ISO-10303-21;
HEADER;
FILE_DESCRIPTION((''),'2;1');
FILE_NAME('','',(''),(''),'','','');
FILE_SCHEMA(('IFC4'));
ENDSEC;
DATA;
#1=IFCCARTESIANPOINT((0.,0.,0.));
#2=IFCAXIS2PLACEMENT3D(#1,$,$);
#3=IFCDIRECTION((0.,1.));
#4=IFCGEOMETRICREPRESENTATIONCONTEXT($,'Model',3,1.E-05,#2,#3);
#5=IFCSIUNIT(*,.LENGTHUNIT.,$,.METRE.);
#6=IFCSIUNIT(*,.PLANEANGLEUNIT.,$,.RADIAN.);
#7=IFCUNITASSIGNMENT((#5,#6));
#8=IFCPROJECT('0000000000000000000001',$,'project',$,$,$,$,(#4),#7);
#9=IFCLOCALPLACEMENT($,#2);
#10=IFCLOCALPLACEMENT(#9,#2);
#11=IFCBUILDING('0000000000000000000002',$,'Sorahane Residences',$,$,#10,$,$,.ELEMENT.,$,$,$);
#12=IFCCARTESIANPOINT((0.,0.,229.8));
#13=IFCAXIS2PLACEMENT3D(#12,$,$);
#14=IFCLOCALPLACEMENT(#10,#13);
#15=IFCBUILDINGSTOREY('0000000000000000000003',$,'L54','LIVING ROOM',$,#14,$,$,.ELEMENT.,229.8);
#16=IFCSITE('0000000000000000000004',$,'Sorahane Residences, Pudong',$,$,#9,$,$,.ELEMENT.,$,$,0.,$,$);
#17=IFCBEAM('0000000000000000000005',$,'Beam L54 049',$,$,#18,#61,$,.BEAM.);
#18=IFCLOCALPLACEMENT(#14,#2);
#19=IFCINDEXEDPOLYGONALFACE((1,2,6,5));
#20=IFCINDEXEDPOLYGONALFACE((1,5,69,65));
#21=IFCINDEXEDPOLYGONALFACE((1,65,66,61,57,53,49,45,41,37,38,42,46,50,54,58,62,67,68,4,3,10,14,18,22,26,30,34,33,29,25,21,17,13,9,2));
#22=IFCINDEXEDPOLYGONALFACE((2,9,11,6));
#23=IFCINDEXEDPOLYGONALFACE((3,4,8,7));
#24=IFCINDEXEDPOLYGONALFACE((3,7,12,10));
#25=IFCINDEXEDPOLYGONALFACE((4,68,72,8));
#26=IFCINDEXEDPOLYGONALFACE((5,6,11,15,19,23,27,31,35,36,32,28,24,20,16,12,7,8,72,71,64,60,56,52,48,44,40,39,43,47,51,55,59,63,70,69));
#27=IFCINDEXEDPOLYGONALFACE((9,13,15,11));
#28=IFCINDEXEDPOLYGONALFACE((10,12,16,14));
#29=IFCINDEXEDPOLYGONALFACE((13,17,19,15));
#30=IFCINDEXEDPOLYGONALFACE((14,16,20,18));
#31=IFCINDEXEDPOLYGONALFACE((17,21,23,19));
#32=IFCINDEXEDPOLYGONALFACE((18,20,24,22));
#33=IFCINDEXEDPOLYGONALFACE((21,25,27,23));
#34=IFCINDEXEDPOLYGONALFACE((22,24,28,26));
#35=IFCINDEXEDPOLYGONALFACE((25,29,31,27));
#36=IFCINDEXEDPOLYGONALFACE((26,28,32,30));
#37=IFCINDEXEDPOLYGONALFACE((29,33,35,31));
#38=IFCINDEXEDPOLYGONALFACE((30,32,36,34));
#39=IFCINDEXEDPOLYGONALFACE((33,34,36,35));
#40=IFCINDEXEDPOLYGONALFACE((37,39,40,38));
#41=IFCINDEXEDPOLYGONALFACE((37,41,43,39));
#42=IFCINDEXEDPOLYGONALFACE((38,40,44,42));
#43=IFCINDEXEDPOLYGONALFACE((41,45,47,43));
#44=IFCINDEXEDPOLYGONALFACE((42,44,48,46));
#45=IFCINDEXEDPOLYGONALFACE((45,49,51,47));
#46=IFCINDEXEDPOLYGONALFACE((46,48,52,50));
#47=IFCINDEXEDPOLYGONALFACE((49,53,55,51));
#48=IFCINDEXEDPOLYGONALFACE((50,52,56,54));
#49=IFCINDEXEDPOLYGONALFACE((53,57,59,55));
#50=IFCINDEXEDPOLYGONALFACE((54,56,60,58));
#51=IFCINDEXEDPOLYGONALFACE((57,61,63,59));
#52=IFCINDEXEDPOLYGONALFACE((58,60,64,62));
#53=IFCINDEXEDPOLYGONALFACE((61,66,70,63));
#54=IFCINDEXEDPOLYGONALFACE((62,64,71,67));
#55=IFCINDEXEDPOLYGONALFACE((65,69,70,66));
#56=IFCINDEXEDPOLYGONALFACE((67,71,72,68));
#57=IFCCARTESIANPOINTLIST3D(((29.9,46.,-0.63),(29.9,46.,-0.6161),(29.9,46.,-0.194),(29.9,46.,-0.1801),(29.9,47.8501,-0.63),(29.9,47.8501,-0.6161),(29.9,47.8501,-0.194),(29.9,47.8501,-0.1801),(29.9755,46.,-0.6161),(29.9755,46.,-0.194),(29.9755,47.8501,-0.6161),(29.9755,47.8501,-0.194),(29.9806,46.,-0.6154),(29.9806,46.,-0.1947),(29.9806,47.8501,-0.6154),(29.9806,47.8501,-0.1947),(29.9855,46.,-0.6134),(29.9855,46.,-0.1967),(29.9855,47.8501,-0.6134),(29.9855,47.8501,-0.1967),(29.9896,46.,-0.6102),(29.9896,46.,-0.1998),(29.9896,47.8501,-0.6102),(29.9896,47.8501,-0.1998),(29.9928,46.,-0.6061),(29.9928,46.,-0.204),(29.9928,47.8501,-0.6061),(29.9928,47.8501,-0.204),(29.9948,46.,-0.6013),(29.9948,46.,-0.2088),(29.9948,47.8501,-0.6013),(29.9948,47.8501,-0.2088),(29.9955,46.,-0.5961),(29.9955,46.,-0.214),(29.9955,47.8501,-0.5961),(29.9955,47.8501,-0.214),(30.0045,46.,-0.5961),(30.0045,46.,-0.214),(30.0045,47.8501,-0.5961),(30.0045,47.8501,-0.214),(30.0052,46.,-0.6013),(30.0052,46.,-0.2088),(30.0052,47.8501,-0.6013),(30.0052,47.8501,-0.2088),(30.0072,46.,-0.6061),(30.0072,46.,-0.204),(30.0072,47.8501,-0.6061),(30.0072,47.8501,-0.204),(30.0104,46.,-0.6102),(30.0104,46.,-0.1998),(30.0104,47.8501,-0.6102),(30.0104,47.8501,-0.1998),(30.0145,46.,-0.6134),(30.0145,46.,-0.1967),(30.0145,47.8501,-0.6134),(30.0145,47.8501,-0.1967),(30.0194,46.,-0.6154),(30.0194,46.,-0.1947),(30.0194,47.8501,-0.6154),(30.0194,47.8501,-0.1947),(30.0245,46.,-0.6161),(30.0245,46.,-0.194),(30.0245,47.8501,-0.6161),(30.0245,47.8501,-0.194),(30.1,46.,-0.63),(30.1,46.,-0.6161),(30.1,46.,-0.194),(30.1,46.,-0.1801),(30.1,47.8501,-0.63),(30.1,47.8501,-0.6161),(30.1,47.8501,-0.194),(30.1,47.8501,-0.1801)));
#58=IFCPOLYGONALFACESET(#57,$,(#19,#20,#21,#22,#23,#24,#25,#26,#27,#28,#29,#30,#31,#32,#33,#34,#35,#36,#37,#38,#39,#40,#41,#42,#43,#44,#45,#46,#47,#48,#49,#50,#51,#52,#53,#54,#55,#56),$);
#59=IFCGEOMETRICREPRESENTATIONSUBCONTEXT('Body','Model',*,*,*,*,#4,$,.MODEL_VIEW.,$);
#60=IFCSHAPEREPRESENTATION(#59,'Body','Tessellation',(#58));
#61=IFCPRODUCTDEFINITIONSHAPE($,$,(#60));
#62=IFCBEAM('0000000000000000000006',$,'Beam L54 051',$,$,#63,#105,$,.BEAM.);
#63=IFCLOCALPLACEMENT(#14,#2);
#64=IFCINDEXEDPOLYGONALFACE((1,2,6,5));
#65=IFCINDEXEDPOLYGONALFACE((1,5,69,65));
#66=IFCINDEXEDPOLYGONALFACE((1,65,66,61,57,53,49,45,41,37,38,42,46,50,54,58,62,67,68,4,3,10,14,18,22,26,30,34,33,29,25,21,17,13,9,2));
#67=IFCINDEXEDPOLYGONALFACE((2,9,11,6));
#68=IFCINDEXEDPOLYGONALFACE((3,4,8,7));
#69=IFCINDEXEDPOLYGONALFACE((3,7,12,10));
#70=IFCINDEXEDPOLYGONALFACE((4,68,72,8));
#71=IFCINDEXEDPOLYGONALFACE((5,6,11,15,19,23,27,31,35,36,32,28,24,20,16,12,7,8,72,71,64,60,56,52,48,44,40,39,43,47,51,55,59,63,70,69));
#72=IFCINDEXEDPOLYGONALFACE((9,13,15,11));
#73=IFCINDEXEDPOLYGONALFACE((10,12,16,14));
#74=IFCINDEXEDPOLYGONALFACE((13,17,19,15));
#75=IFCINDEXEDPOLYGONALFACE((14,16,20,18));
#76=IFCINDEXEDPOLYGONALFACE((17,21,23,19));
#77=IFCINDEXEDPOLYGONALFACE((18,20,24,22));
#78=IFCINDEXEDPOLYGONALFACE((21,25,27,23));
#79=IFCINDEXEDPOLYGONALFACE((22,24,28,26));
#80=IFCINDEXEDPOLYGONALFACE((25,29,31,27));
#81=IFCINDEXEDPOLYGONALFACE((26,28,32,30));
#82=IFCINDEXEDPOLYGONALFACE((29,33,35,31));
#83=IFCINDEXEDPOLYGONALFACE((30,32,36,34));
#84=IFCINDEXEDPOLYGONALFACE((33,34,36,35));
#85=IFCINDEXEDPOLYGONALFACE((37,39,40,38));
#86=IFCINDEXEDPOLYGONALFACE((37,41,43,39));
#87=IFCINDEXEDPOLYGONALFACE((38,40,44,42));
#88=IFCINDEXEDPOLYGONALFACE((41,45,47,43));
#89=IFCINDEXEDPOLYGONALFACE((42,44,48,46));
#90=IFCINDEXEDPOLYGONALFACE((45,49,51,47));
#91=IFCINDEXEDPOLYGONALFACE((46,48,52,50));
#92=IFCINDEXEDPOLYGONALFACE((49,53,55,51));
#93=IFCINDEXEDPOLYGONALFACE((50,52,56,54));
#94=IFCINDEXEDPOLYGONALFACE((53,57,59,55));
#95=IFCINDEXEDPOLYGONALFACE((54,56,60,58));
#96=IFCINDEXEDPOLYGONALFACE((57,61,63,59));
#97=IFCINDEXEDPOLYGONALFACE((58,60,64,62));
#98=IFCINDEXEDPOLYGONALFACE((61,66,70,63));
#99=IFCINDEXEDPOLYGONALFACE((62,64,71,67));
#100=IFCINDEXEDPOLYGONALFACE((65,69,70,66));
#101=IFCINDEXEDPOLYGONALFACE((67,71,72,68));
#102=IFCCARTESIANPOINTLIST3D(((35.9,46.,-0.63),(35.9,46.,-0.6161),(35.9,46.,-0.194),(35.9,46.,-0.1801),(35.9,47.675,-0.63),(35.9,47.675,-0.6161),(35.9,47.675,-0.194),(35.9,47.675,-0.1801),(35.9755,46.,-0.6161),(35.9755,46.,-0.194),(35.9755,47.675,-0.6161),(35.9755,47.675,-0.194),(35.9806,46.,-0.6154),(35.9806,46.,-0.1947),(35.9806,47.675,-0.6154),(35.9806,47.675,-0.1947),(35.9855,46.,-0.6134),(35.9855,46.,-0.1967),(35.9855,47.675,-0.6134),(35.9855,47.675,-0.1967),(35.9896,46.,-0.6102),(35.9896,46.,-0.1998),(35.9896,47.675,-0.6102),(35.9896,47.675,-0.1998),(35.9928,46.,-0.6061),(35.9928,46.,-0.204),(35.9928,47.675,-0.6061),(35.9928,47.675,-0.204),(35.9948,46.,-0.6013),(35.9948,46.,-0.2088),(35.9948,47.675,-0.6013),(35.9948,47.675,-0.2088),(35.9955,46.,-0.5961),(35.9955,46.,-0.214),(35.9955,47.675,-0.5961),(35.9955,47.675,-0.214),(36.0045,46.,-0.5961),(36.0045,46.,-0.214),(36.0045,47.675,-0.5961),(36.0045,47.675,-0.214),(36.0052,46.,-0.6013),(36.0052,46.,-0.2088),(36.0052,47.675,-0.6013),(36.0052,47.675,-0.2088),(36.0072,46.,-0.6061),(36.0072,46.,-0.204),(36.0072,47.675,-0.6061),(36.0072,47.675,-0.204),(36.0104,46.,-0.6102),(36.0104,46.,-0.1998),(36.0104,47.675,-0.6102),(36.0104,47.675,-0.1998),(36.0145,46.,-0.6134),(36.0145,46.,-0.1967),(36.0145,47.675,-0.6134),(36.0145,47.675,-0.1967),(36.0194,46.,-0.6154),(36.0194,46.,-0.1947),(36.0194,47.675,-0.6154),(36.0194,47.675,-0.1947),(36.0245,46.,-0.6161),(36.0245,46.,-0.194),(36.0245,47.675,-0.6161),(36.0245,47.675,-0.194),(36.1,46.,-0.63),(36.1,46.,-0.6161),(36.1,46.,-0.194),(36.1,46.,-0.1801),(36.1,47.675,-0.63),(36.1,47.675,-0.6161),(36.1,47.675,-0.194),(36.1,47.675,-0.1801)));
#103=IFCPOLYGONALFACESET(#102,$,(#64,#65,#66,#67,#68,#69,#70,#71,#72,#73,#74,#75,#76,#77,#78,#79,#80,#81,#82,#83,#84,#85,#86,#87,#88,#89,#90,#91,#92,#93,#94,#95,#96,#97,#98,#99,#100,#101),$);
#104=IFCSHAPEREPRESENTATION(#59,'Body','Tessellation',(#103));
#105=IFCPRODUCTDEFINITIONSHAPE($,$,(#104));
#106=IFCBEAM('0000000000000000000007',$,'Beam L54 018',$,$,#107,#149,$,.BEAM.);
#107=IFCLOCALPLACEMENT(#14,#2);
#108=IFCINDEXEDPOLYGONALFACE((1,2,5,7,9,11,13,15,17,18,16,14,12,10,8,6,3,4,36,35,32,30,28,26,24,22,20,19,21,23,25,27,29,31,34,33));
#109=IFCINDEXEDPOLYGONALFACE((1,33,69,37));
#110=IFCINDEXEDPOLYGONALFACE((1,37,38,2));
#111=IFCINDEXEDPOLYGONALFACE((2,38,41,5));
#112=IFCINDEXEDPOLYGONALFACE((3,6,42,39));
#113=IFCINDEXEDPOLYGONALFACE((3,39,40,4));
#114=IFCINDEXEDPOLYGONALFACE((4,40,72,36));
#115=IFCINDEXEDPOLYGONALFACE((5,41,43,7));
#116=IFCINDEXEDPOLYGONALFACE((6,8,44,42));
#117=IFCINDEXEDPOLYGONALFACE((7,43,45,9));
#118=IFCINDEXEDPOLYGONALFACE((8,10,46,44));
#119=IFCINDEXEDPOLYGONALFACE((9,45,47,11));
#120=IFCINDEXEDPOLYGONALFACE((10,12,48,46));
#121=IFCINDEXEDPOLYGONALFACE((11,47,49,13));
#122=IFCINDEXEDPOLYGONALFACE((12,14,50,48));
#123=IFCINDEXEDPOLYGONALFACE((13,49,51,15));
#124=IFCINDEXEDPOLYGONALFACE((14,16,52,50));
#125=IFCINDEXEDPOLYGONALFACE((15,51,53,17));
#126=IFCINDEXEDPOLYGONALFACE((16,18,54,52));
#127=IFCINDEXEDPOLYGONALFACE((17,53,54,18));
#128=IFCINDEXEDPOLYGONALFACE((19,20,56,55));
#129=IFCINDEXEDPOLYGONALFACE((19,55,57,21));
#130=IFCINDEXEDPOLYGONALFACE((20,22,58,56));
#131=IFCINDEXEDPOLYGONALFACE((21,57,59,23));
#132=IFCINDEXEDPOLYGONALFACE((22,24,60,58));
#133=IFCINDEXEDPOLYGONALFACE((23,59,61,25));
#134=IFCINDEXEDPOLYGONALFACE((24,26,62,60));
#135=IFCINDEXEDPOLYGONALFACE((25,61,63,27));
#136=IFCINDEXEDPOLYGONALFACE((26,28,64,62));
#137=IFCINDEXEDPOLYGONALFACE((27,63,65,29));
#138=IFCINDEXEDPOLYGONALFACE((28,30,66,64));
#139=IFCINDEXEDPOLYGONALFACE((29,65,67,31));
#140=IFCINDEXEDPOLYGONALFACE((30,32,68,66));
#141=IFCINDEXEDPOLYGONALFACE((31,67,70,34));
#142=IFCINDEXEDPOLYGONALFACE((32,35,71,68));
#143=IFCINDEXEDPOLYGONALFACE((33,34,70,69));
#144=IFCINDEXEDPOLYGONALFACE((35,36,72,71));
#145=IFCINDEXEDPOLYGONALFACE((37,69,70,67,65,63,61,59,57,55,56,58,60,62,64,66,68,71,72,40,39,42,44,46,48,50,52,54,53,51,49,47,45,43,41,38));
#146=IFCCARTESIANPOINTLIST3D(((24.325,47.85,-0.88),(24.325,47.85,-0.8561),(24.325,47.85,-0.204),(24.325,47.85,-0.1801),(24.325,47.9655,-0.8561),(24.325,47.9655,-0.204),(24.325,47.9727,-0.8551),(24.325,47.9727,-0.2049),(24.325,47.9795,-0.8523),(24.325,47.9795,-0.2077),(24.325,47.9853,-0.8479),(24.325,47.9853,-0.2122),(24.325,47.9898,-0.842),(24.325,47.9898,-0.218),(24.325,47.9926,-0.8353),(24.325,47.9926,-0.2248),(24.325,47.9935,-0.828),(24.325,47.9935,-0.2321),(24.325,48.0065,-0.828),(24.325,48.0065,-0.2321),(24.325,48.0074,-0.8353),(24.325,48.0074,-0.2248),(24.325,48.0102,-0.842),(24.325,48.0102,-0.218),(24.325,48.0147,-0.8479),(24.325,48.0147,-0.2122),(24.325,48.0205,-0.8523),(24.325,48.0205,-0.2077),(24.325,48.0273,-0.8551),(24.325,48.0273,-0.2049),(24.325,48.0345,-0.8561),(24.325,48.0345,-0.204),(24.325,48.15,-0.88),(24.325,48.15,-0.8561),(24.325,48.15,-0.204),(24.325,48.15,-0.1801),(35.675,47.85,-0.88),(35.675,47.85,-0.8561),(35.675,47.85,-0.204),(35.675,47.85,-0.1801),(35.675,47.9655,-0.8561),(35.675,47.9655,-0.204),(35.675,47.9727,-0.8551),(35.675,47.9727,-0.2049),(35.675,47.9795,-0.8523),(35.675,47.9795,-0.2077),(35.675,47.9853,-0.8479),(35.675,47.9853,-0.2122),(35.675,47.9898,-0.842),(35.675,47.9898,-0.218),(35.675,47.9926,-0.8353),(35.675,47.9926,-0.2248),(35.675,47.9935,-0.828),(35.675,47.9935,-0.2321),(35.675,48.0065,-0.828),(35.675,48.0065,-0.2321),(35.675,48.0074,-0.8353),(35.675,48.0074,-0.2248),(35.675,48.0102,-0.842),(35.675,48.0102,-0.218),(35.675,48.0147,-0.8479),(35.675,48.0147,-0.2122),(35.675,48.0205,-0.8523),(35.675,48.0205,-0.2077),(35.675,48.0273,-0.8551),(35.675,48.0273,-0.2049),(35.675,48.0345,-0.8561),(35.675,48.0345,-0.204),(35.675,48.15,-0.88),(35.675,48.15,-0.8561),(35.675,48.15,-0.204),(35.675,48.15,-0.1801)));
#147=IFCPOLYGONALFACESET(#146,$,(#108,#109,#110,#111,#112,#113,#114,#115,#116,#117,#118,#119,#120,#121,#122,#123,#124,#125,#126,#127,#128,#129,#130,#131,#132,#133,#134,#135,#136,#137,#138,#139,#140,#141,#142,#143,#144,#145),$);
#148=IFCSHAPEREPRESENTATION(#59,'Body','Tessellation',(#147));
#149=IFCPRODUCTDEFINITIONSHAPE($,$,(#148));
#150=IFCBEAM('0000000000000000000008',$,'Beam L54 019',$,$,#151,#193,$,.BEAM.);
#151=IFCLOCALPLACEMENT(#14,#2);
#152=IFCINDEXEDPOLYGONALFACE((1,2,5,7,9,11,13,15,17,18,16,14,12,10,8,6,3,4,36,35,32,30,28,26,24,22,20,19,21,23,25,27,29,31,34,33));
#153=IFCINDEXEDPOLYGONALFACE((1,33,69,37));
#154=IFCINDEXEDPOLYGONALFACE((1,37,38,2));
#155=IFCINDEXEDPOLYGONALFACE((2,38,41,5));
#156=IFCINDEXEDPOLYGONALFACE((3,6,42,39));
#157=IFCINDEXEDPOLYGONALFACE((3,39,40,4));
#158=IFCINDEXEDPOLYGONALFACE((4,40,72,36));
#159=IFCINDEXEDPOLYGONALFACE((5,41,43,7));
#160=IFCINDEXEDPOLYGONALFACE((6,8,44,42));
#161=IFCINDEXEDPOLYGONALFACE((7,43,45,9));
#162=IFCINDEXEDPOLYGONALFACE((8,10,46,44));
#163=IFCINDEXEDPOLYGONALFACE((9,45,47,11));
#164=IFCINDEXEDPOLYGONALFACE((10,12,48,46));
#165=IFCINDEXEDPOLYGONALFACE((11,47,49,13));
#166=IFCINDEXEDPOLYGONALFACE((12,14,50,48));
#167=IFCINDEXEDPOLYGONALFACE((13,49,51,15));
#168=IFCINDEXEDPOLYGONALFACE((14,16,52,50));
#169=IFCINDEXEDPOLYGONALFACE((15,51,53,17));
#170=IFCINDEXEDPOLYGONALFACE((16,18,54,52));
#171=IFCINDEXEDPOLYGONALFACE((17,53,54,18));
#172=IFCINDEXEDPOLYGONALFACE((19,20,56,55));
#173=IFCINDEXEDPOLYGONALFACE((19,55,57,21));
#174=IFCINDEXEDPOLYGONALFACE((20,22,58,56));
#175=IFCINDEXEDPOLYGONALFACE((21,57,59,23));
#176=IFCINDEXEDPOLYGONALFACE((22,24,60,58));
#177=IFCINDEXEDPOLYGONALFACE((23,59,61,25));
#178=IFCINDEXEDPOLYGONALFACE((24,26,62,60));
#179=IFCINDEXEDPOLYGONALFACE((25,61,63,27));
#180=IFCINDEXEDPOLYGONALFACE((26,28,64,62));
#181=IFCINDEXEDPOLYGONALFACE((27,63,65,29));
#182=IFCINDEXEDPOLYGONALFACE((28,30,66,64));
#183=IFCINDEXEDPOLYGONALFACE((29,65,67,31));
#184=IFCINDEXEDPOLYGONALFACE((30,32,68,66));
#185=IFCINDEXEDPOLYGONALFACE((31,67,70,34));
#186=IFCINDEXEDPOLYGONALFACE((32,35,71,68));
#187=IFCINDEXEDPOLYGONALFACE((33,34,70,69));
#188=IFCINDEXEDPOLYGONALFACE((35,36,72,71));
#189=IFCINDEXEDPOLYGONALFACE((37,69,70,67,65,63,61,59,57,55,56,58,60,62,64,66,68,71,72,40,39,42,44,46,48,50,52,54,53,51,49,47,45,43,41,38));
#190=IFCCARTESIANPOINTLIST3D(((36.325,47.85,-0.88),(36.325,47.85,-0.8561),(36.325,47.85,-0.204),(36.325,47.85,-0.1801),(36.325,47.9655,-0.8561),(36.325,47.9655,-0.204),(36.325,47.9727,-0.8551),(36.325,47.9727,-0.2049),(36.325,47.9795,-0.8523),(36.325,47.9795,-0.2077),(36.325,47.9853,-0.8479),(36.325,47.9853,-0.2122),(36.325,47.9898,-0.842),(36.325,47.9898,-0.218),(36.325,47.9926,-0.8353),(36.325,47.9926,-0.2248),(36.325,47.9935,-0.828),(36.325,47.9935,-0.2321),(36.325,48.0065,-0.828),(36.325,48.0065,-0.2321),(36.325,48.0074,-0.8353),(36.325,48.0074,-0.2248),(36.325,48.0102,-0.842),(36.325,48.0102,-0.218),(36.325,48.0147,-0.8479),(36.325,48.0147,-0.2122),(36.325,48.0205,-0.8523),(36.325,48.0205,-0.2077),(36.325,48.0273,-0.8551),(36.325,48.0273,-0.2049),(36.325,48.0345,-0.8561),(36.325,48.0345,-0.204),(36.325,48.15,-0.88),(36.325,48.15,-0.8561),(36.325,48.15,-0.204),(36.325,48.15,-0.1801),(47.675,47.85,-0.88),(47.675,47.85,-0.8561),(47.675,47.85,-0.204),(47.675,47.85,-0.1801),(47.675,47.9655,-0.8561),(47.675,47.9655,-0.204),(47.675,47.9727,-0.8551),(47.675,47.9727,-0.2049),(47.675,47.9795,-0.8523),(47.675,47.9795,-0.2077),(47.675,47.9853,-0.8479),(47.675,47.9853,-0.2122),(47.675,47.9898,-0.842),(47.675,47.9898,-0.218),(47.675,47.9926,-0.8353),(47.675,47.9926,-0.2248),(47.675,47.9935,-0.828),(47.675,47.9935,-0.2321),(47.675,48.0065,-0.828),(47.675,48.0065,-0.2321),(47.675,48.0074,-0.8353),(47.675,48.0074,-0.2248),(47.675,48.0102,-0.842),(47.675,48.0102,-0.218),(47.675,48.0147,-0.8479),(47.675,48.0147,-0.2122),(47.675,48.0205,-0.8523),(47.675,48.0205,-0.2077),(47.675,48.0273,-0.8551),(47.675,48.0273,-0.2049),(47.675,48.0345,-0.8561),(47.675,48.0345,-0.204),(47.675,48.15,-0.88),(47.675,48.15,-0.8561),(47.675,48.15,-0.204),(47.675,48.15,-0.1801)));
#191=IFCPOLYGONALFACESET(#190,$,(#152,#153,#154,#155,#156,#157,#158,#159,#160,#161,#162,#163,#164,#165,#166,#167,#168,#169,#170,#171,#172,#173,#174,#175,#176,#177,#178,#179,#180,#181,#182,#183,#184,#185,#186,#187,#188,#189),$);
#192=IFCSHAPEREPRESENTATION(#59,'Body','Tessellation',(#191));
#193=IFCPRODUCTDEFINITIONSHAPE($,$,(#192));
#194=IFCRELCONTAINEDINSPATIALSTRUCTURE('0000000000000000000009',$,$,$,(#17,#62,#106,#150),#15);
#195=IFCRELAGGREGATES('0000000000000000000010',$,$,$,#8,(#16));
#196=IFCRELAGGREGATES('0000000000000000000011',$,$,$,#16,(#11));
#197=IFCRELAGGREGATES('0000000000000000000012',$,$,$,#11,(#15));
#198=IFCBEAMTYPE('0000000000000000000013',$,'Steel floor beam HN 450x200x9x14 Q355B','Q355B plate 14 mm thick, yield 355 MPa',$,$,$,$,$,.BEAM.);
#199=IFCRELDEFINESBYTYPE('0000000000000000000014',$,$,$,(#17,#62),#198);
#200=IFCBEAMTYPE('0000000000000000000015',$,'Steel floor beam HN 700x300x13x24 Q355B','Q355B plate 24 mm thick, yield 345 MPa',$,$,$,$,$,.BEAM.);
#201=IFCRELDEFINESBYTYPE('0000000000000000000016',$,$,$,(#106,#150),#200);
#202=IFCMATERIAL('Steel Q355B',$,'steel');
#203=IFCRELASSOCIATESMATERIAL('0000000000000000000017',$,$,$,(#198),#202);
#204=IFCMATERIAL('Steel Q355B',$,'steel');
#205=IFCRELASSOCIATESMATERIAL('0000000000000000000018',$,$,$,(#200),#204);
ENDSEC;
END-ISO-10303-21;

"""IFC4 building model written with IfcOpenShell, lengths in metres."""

from ifc_helpers import new_model, si_unit, direction, frame, origin, origin_2d, place, context, subcontext, project, spatial, i_section, extrude, material, material_profile, profile_set, type_object, element, save


model = new_model("IFC4")

# Units and contexts
model_context = context("Model", 3, precision=1e-05, world=origin(), true_north=direction((0.0, 1.0)))
body_context = subcontext(model_context, "Body", "Model", "MODEL_VIEW")
ifc_project = project(units=[si_unit("LENGTHUNIT", "METRE"), si_unit("PLANEANGLEUNIT", "RADIAN")], contexts=[model_context])

# Site, building, storey
site_placement = place(None, origin())
site = spatial("IfcSite", under=ifc_project, at=site_placement, Name="Sorahane Residences, Pudong", CompositionType="ELEMENT", RefElevation=0.0)
building_placement = place(site_placement, origin())
building = spatial("IfcBuilding", under=site, at=building_placement, Name="Sorahane Residences", CompositionType="ELEMENT")
storey_placement = place(building_placement, frame((0.0, 0.0, 229.8)))
storey = spatial("IfcBuildingStorey", under=building, at=storey_placement, Name="L54", Description="LIVING ROOM", CompositionType="ELEMENT", Elevation=229.8)

# Beams
ifc_material_1 = material(Name="Steel Q355B", Category="steel")
ifc_material_profile_1 = material_profile(ifc_material_1, i_section(OverallWidth=0.2, OverallDepth=0.45, WebThickness=0.009, FlangeThickness=0.0139, FilletRadius=0.02, at=origin_2d()), Name="HN 450x200x9x14")
ifc_profile_set_1 = profile_set([ifc_material_profile_1], Name="Steel Q355B")
beam_type_1 = type_object("IfcBeamType", Name="Steel floor beam HN 450x200x9x14 Q355B", Description="Q355B plate 14 mm thick, yield 355 MPa", PredefinedType="BEAM", material=ifc_profile_set_1)
beam_1_placement = place(storey_placement, frame((30.0, 46.0, -0.405), z_axis=(0.0, 1.0, 0.0), x_axis=(-1.0, 0.0, 0.0)))
element("IfcBeam", 1, at=beam_1_placement, inside=storey, type_object=beam_type_1, Name="Beam L54 049", PredefinedType="BEAM", context=body_context, shape_type="SweptSolid", body=[
    extrude(i_section(OverallWidth=0.2, OverallDepth=0.45, WebThickness=0.009, FlangeThickness=0.0139, FilletRadius=0.02, at=origin_2d()), origin(), (0.0, 0.0, 1.0), 1.8501),
])
beam_2_placement = place(storey_placement, frame((36.0, 46.0, -0.405), z_axis=(0.0, 1.0, 0.0), x_axis=(-1.0, 0.0, 0.0)))
element("IfcBeam", 2, at=beam_2_placement, inside=storey, type_object=beam_type_1, Name="Beam L54 051", PredefinedType="BEAM", context=body_context, shape_type="SweptSolid", body=[
    extrude(i_section(OverallWidth=0.2, OverallDepth=0.45, WebThickness=0.009, FlangeThickness=0.0139, FilletRadius=0.02, at=origin_2d()), origin(), (0.0, 0.0, 1.0), 1.675),
])
ifc_material_2 = material(Name="Steel Q355B", Category="steel")
ifc_material_profile_2 = material_profile(ifc_material_2, i_section(OverallWidth=0.3, OverallDepth=0.7, WebThickness=0.0129, FlangeThickness=0.0239, FilletRadius=0.0281, at=origin_2d()), Name="HN 700x300x13x24")
ifc_profile_set_2 = profile_set([ifc_material_profile_2], Name="Steel Q355B")
beam_type_2 = type_object("IfcBeamType", Name="Steel floor beam HN 700x300x13x24 Q355B", Description="Q355B plate 24 mm thick, yield 345 MPa", PredefinedType="BEAM", material=ifc_profile_set_2)
for number, where, z_axis, x_axis, name in (
    (3, (24.325, 48.0, -0.53), (1.0, 0.0, 0.0), (0.0, 1.0, 0.0), "Beam L54 018"),
    (4, (36.325, 48.0, -0.53), (1.0, 0.0, 0.0), (0.0, 1.0, 0.0), "Beam L54 019"),
):
    element("IfcBeam", number, at=place(storey_placement, frame(where, z_axis=z_axis, x_axis=x_axis)), inside=storey, type_object=beam_type_2, Name=name, PredefinedType="BEAM", context=body_context, shape_type="SweptSolid", body=[
        extrude(i_section(OverallWidth=0.3, OverallDepth=0.7, WebThickness=0.0129, FlangeThickness=0.0239, FilletRadius=0.0281, at=origin_2d()), origin(), (0.0, 0.0, 1.0), 11.3501),
    ])

save(model, "model.ifc")
